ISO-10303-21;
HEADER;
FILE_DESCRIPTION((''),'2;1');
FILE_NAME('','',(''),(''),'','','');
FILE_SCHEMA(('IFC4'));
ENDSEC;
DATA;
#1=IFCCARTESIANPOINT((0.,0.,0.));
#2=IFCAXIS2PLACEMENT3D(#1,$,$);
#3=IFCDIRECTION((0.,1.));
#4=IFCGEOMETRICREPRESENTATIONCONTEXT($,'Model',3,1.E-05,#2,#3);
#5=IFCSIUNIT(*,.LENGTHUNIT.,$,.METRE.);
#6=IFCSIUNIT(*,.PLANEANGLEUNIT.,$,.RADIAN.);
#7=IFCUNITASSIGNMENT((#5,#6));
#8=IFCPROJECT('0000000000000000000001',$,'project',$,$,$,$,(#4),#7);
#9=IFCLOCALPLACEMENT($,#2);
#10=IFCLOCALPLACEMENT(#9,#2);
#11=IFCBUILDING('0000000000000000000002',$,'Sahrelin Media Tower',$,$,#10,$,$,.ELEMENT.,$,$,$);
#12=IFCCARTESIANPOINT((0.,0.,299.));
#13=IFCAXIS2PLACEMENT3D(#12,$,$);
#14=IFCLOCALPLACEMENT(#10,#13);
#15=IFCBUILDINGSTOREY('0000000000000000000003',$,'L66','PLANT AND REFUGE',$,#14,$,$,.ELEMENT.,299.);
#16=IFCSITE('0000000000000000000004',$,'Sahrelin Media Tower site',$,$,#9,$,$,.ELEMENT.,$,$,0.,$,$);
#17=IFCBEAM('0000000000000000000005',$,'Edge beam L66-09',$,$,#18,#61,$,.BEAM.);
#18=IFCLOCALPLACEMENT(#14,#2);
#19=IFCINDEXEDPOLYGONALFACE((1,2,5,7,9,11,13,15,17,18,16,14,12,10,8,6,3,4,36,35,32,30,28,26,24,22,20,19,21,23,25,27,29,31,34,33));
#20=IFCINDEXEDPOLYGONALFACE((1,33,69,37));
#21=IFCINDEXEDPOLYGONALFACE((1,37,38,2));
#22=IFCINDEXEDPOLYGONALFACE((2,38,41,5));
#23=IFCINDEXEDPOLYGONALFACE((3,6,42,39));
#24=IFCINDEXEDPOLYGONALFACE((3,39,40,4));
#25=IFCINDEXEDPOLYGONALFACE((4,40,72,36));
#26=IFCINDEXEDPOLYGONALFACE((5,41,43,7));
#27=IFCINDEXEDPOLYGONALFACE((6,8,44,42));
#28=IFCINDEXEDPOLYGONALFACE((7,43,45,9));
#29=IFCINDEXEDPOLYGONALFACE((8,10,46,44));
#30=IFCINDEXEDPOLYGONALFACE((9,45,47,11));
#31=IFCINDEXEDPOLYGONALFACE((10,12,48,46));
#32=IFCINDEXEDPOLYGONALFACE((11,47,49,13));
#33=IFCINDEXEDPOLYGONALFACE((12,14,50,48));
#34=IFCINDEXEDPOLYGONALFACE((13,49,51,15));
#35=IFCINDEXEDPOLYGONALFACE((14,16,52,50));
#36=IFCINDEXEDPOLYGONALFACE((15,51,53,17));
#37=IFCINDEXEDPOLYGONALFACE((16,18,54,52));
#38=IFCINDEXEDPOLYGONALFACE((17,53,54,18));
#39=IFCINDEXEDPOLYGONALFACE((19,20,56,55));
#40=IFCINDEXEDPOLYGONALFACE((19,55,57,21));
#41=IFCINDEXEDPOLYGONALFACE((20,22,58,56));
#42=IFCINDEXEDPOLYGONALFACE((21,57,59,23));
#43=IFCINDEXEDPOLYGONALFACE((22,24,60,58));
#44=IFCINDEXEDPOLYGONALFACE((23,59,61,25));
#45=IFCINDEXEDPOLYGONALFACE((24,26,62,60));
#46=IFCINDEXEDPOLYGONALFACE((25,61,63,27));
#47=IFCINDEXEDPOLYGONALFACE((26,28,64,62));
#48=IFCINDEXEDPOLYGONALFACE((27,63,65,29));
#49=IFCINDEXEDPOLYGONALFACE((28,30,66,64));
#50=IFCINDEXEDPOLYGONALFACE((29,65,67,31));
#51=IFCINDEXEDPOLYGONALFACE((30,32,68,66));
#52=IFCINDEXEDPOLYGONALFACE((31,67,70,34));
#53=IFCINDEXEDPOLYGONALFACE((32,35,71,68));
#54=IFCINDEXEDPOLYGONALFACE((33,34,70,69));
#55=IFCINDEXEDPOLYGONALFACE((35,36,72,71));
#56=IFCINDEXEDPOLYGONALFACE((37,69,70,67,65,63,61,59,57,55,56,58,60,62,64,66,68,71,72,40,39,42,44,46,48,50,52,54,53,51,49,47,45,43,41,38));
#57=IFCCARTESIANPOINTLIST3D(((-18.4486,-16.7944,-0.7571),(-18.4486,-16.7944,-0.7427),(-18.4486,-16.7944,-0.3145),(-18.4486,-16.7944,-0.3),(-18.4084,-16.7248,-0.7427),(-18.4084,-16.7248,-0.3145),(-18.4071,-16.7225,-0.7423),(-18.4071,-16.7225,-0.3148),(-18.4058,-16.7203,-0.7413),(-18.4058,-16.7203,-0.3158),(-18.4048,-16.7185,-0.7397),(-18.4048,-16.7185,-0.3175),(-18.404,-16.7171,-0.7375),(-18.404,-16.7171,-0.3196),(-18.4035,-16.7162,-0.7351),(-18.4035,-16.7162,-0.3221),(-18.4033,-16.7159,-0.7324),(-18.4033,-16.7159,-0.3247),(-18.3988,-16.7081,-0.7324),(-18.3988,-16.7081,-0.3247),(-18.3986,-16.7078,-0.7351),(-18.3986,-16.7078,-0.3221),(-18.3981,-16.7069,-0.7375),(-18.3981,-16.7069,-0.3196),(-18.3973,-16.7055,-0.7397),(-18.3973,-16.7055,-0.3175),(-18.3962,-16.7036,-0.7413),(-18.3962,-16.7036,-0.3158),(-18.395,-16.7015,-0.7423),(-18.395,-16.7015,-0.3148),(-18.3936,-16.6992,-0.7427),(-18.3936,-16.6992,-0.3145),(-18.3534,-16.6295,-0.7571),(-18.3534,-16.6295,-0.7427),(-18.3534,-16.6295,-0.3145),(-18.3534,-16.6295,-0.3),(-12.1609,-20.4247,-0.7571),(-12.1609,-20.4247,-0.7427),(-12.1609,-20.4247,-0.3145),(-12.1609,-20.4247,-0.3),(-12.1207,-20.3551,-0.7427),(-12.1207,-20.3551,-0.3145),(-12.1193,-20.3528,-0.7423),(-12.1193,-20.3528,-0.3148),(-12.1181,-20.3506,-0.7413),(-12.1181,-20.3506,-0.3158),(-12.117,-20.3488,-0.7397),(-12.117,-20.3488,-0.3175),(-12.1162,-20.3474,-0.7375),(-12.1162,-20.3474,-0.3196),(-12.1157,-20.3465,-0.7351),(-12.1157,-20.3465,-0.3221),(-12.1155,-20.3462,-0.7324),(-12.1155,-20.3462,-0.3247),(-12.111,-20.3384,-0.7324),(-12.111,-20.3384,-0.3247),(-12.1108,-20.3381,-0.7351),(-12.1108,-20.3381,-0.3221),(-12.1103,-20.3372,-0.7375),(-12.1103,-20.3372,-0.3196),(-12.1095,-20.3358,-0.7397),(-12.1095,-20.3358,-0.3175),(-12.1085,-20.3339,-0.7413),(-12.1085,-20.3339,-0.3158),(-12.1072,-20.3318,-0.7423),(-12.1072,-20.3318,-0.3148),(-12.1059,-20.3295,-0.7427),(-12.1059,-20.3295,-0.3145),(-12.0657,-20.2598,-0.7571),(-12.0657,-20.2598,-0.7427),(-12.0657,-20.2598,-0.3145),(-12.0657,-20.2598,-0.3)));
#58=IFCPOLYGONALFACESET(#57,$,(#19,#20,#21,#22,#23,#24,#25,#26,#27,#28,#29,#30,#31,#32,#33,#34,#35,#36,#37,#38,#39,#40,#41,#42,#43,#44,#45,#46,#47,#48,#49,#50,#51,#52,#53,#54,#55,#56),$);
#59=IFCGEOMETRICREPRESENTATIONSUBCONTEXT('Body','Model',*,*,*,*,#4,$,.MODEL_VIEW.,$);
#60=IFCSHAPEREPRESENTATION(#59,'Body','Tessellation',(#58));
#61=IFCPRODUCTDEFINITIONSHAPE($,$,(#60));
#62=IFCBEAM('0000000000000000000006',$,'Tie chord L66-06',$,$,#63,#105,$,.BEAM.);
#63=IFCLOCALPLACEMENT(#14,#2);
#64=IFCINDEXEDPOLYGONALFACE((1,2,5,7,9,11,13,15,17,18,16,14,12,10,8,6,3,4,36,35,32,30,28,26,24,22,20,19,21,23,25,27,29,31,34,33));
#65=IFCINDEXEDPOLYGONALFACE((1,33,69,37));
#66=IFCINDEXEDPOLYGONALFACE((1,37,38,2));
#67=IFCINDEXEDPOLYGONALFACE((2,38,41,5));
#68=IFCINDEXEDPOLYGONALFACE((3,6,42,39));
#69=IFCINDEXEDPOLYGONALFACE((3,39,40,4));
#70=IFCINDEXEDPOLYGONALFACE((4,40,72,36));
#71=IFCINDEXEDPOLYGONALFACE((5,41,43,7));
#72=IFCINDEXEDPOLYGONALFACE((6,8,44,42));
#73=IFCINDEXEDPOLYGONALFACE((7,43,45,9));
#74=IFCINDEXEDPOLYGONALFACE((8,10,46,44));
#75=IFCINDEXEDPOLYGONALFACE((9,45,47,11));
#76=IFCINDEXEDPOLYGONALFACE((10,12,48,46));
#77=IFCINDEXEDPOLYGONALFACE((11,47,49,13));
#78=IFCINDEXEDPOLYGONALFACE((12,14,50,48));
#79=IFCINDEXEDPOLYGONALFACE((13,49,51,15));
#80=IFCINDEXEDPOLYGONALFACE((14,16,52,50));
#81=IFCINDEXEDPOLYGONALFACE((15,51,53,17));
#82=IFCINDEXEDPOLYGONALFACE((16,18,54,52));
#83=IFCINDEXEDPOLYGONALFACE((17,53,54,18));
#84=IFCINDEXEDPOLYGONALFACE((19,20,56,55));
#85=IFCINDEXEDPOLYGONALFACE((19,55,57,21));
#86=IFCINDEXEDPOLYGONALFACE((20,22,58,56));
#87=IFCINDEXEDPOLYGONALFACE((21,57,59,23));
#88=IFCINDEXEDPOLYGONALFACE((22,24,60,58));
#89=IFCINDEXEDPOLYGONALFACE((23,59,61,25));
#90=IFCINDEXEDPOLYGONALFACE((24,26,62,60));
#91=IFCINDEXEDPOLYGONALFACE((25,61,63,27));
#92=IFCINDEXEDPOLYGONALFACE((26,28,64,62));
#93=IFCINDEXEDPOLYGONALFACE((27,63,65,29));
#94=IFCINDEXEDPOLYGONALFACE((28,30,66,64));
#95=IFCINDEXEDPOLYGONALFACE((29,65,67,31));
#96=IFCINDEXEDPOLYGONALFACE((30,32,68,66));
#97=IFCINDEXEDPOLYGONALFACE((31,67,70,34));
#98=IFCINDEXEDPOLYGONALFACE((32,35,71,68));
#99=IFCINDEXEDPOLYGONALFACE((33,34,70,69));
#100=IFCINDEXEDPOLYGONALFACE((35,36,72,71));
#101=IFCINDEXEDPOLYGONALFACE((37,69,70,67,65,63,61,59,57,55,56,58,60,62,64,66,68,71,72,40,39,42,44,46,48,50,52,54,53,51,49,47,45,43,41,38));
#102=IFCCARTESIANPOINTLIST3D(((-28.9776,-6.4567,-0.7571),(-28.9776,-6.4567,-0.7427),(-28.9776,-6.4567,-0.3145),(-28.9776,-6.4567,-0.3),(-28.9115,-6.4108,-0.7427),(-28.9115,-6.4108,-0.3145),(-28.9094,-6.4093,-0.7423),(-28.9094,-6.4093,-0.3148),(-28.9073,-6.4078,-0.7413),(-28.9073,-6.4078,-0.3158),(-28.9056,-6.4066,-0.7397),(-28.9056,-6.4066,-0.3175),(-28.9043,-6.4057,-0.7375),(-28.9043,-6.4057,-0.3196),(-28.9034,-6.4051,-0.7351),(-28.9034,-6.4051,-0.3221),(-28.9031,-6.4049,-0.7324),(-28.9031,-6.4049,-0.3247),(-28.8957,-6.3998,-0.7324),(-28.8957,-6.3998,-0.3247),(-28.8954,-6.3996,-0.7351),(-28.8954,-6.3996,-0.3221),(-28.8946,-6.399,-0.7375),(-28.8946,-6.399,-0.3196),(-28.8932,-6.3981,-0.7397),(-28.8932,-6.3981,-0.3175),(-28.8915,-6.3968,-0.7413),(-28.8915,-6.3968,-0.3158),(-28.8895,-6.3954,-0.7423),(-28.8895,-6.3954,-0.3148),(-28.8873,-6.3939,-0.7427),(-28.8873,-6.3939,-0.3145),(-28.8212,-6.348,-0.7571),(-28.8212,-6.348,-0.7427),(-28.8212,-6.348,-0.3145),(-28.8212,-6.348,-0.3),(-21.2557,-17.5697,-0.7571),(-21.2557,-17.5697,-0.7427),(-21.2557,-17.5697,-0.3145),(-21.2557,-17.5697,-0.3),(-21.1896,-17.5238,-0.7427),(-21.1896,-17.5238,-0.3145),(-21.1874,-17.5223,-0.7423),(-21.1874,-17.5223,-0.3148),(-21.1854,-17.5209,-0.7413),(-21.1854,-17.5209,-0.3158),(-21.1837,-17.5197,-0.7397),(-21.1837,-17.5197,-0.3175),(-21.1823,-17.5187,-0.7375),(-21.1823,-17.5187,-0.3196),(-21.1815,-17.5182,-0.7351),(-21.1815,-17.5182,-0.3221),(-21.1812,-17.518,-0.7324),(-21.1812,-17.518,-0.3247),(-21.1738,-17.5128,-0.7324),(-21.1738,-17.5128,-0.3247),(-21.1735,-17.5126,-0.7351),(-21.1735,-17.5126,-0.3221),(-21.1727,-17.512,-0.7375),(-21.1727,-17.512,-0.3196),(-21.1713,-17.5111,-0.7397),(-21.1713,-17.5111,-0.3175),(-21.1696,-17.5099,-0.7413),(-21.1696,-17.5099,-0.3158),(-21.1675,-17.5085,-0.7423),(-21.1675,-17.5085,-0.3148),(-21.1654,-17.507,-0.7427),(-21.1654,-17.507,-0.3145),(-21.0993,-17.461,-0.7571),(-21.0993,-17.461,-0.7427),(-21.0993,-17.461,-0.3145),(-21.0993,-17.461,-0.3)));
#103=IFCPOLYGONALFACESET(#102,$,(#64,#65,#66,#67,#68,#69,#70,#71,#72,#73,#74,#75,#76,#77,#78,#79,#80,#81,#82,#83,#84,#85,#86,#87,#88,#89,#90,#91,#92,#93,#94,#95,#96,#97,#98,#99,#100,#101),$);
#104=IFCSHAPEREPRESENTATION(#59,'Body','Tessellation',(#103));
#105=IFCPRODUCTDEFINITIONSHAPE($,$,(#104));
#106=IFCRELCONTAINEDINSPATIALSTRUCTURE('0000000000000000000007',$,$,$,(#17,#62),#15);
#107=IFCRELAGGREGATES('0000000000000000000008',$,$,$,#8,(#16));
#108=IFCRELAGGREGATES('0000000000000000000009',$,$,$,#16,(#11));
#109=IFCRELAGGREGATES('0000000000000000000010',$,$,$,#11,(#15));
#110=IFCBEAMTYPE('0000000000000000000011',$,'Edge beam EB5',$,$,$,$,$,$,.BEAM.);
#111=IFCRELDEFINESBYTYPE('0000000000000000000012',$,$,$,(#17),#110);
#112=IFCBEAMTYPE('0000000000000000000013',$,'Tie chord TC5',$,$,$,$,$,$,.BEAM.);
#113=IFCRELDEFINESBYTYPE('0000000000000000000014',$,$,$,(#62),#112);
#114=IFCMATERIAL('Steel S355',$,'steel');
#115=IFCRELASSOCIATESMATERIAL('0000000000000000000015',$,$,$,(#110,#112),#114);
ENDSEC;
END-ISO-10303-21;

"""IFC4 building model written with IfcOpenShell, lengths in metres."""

from ifc_helpers import new_model, si_unit, direction, frame, origin, origin_2d, place, context, subcontext, project, spatial, i_section, extrude, material, material_profile, profile_set, type_object, element, save


model = new_model("IFC4")

# Units and contexts
model_context = context("Model", 3, precision=1e-05, world=origin(), true_north=direction((0.0, 1.0)))
body_context = subcontext(model_context, "Body", "Model", "MODEL_VIEW")
ifc_project = project(units=[si_unit("LENGTHUNIT", "METRE"), si_unit("PLANEANGLEUNIT", "RADIAN")], contexts=[model_context])

# Site, building, storey
site_placement = place(None, origin())
site = spatial("IfcSite", under=ifc_project, at=site_placement, Name="Sahrelin Media Tower site", CompositionType="ELEMENT", RefElevation=0.0)
building_placement = place(site_placement, origin())
building = spatial("IfcBuilding", under=site, at=building_placement, Name="Sahrelin Media Tower", CompositionType="ELEMENT")
storey_placement = place(building_placement, frame((0.0, 0.0, 299.0)))
storey = spatial("IfcBuildingStorey", under=building, at=storey_placement, Name="L66", Description="PLANT AND REFUGE", CompositionType="ELEMENT", Elevation=299.0)

# Beams
ifc_material_1 = material(Name="Steel S355", Category="steel")
ifc_material_profile_1 = material_profile(ifc_material_1, i_section(OverallWidth=0.1904, OverallDepth=0.457, WebThickness=0.009, FlangeThickness=0.0144, FilletRadius=0.0103, at=origin_2d()), Name="UB 457x191x74")
ifc_profile_set_1 = profile_set([ifc_material_profile_1], Name="Steel S355")
beam_type_1 = type_object("IfcBeamType", Name="Edge beam EB5", PredefinedType="BEAM", material=ifc_profile_set_1)
beam_1_placement = place(storey_placement, frame((-12.1133, -20.3423, -0.5286), z_axis=(-0.86602, 0.500009, 0.0), x_axis=(-0.500009, -0.86602, 0.0)))
element("IfcBeam", 1, at=beam_1_placement, inside=storey, type_object=beam_type_1, Name="Edge beam L66-09", PredefinedType="BEAM", context=body_context, shape_type="SweptSolid", body=[
    extrude(i_section(OverallWidth=0.1904, OverallDepth=0.457, WebThickness=0.009, FlangeThickness=0.0144, FilletRadius=0.0103, at=origin_2d()), origin(), (0.0, 0.0, 1.0), 7.2605),
])
ifc_material_profile_2 = material_profile(ifc_material_1, i_section(OverallWidth=0.1904, OverallDepth=0.457, WebThickness=0.009, FlangeThickness=0.0144, FilletRadius=0.0103, at=origin_2d()), Name="UB 457x191x74")
ifc_profile_set_2 = profile_set([ifc_material_profile_2], Name="Steel S355")
beam_type_2 = type_object("IfcBeamType", Name="Tie chord TC5", PredefinedType="BEAM", material=ifc_profile_set_2)
beam_2_placement = place(storey_placement, frame((-21.1775, -17.5154, -0.5286), z_axis=(-0.570622, 0.821213, 0.0), x_axis=(-0.821213, -0.570622, 0.0)))
element("IfcBeam", 2, at=beam_2_placement, inside=storey, type_object=beam_type_2, Name="Tie chord L66-06", PredefinedType="BEAM", context=body_context, shape_type="SweptSolid", body=[
    extrude(i_section(OverallWidth=0.1904, OverallDepth=0.457, WebThickness=0.009, FlangeThickness=0.0144, FilletRadius=0.0103, at=origin_2d()), origin(), (0.0, 0.0, 1.0), 13.5325),
])

save(model, "model.ifc")
